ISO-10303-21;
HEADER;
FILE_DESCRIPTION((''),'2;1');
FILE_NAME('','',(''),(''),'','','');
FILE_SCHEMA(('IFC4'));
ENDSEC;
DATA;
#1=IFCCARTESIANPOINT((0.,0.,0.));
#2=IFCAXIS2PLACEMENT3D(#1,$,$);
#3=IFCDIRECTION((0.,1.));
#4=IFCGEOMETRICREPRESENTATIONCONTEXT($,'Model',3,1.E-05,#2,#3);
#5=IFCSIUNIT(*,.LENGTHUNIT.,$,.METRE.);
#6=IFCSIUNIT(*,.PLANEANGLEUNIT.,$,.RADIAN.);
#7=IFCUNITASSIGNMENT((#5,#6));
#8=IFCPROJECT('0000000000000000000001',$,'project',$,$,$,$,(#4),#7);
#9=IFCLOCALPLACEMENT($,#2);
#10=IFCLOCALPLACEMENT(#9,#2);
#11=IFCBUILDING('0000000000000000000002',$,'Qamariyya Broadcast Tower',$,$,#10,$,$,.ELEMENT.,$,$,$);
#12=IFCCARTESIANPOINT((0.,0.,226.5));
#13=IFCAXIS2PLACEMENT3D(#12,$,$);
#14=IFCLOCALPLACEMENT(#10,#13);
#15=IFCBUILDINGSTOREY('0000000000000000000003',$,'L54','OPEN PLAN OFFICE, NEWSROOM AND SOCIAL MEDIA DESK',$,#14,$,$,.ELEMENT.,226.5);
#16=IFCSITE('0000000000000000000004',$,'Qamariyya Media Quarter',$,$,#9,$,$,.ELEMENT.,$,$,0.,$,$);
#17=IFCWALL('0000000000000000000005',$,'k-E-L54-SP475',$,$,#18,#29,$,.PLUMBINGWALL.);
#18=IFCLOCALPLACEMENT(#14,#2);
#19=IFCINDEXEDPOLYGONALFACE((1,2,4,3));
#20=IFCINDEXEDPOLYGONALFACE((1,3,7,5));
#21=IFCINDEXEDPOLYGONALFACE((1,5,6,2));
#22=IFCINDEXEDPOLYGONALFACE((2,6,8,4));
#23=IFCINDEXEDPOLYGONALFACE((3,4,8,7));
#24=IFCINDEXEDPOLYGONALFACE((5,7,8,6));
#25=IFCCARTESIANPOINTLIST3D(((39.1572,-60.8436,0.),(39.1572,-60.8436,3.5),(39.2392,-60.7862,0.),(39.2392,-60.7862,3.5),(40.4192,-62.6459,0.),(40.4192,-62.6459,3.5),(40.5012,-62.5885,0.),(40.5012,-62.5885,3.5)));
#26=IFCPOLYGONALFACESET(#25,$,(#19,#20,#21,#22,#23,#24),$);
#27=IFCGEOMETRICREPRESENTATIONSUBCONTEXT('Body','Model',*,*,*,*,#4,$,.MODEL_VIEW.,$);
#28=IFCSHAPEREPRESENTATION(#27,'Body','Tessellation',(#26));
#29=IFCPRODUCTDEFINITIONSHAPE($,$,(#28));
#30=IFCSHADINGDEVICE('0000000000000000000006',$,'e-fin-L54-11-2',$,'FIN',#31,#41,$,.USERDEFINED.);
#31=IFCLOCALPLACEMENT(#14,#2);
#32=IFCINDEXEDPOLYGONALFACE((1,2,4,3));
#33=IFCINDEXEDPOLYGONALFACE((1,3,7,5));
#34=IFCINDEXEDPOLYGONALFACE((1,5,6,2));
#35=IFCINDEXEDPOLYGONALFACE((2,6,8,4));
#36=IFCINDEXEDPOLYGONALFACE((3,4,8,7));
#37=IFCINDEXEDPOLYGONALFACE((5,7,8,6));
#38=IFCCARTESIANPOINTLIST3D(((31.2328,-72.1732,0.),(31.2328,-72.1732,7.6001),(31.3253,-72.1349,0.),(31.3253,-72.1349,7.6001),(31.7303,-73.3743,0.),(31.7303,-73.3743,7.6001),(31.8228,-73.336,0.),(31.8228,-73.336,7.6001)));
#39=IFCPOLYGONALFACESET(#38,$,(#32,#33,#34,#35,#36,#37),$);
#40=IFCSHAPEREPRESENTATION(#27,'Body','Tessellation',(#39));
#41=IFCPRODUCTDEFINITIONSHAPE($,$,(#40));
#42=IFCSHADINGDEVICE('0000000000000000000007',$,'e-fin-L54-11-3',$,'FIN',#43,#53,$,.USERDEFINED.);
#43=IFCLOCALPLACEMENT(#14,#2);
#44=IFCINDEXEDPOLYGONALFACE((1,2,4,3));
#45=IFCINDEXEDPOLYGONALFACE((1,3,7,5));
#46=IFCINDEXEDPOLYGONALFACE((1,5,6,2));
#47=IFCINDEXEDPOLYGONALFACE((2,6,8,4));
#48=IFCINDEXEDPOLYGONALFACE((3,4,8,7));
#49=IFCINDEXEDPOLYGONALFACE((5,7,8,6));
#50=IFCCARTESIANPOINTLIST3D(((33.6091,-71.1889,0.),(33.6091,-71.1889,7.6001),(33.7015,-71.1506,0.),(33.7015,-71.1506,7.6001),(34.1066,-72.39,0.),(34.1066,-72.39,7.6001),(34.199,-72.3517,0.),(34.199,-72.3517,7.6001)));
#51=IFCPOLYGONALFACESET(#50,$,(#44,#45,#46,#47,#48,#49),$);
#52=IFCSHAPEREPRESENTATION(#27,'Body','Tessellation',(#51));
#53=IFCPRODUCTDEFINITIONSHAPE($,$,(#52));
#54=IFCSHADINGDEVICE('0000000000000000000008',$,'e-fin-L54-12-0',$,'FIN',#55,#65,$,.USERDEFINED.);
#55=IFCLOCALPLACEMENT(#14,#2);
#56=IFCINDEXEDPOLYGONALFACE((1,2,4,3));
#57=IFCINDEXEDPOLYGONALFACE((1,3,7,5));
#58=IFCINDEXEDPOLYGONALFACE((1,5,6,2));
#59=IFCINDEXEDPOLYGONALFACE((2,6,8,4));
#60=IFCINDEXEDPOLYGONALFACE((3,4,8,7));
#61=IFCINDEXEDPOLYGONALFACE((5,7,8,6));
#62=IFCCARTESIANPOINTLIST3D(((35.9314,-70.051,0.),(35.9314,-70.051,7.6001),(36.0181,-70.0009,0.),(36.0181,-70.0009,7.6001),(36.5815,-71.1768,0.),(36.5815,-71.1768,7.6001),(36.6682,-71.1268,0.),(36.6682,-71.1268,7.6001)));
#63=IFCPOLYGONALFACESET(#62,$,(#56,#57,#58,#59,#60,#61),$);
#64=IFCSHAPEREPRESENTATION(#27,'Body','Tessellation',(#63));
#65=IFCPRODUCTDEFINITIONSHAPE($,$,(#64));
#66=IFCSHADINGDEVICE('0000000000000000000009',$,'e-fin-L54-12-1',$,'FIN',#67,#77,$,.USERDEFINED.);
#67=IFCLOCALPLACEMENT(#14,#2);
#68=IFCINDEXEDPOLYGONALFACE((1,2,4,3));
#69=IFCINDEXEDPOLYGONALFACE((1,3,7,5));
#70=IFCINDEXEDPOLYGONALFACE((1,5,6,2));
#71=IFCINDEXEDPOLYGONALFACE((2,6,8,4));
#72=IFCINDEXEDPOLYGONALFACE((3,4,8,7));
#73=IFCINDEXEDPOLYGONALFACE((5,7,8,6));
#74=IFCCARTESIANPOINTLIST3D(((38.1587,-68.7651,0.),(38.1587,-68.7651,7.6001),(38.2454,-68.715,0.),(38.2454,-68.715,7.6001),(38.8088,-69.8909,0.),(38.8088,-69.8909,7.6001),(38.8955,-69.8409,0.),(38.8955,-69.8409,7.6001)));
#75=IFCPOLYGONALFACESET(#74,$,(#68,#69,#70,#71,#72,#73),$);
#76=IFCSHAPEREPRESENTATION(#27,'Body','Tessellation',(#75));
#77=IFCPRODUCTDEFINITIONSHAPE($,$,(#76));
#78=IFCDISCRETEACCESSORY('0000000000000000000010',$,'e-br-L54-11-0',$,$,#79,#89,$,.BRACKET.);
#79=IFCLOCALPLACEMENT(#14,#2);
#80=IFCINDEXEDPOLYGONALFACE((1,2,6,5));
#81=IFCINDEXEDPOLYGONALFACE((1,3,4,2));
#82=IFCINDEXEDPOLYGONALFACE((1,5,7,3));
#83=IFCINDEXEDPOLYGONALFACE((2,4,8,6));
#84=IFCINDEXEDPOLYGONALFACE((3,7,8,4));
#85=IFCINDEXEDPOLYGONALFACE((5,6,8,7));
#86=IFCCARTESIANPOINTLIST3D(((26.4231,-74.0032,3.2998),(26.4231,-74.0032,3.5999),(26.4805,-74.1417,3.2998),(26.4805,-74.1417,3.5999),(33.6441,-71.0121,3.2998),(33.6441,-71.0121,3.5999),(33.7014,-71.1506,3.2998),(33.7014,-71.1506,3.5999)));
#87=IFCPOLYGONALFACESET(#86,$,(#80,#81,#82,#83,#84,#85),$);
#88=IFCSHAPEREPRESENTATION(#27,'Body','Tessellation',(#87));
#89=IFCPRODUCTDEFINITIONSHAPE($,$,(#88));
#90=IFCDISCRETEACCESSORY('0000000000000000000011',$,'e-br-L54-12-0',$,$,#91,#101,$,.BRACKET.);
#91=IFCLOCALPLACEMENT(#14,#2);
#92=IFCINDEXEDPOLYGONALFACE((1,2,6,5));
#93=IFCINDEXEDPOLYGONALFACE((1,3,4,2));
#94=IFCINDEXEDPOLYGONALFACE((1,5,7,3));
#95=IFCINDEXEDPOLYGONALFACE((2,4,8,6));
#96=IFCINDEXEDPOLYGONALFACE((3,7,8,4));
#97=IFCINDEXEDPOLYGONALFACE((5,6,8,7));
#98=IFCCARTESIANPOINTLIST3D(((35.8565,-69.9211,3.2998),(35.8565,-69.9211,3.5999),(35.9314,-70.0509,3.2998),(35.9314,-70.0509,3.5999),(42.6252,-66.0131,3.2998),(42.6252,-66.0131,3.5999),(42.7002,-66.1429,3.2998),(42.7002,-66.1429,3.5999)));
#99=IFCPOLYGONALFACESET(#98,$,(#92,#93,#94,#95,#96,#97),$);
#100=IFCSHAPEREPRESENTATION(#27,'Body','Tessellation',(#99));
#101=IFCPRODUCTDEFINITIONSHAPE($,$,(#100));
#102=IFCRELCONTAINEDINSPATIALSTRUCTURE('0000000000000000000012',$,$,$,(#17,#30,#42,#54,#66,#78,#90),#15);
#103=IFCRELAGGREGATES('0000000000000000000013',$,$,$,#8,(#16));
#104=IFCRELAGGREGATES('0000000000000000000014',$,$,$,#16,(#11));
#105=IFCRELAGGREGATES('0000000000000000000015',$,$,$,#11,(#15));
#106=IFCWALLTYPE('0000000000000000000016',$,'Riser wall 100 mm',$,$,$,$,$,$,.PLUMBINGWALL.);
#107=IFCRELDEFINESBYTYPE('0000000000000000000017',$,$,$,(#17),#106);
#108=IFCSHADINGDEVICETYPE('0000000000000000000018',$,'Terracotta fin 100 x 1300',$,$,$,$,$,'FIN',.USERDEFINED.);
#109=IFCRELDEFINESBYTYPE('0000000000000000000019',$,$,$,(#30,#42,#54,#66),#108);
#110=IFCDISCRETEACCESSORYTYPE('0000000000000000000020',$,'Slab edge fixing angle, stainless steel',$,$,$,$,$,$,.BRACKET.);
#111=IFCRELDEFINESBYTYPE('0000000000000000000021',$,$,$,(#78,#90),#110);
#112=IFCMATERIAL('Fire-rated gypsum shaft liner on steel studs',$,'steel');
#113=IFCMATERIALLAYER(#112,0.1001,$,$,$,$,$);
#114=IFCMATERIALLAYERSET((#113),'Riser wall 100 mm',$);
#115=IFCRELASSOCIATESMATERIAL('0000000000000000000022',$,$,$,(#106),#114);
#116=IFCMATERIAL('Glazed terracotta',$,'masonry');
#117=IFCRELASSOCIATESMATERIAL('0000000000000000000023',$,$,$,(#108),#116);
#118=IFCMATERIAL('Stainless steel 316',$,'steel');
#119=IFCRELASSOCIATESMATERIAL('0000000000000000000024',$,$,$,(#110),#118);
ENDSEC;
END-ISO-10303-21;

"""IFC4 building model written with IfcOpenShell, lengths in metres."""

from ifc_helpers import new_model, si_unit, direction, frame, frame_2d, origin, origin_2d, place, context, subcontext, project, spatial, rectangle, extrude, material, layer, layer_set, material_profile, profile_set, type_object, element, save


model = new_model("IFC4")

# Units and contexts
model_context = context("Model", 3, precision=1e-05, world=origin(), true_north=direction((0.0, 1.0)))
body_context = subcontext(model_context, "Body", "Model", "MODEL_VIEW")
ifc_project = project(units=[si_unit("LENGTHUNIT", "METRE"), si_unit("PLANEANGLEUNIT", "RADIAN")], contexts=[model_context])

# Site, building, storey
site_placement = place(None, origin())
site = spatial("IfcSite", under=ifc_project, at=site_placement, Name="Qamariyya Media Quarter", CompositionType="ELEMENT", RefElevation=0.0)
building_placement = place(site_placement, origin())
building = spatial("IfcBuilding", under=site, at=building_placement, Name="Qamariyya Broadcast Tower", CompositionType="ELEMENT")
storey_placement = place(building_placement, frame((0.0, 0.0, 226.5)))
storey = spatial("IfcBuildingStorey", under=building, at=storey_placement, Name="L54", Description="OPEN PLAN OFFICE, NEWSROOM AND SOCIAL MEDIA DESK", CompositionType="ELEMENT", Elevation=226.5)

# Wall
ifc_material_1 = material(Name="Fire-rated gypsum shaft liner on steel studs", Category="steel")
ifc_layer_1 = layer(ifc_material_1, 0.1001)
ifc_layer_set_1 = layer_set([ifc_layer_1], Name="Riser wall 100 mm")
wall_type_1 = type_object("IfcWallType", Name="Riser wall 100 mm", PredefinedType="PLUMBINGWALL", material=ifc_layer_set_1)
wall_1_placement = place(storey_placement, frame((39.1982, -60.8149, 0.0), z_axis=(0.0, 0.0, 1.0), x_axis=(0.573581, -0.819149, 0.0)))
element("IfcWall", 1, at=wall_1_placement, inside=storey, type_object=wall_type_1, Name="k-E-L54-SP475", PredefinedType="PLUMBINGWALL", context=body_context, shape_type="SweptSolid", body=[
    extrude(rectangle(XDim=2.2002, YDim=0.1001, at=frame_2d((1.1001, 0.0))), origin(), (0.0, 0.0, 1.0), 3.5),
])

# Shading devices
ifc_material_2 = material(Name="Glazed terracotta", Category="masonry")
ifc_material_profile_1 = material_profile(ifc_material_2, rectangle(XDim=1.3, YDim=0.1001, at=origin_2d()))
ifc_profile_set_1 = profile_set([ifc_material_profile_1], Name="Glazed terracotta")
shading_device_type_1 = type_object("IfcShadingDeviceType", Name="Terracotta fin 100 x 1300", ElementType="FIN", PredefinedType="USERDEFINED", material=ifc_profile_set_1)
for number, where, z_axis, x_axis, name in (
    (2, (31.5278, -72.7546, 0.0), (0.0, 0.0, 1.0), (0.382683, -0.92388, 0.0), "e-fin-L54-11-2"),
    (3, (33.9041, -71.7703, 0.0), (0.0, 0.0, 1.0), (0.382683, -0.92388, 0.0), "e-fin-L54-11-3"),
    (4, (36.2998, -70.5889, 0.0), (0.0, 0.0, 1.0), (0.5, -0.866025, 0.0), "e-fin-L54-12-0"),
    (5, (38.5271, -69.303, 0.0), (0.0, 0.0, 1.0), (0.5, -0.866025, 0.0), "e-fin-L54-12-1"),
):
    element("IfcShadingDevice", number, at=place(storey_placement, frame(where, z_axis=z_axis, x_axis=x_axis)), inside=storey, type_object=shading_device_type_1, Name=name, ObjectType="FIN", PredefinedType="USERDEFINED", context=body_context, shape_type="SweptSolid", body=[
        extrude(rectangle(XDim=1.3, YDim=0.1001, at=origin_2d()), origin(), (0.0, 0.0, 1.0), 7.6001),
    ])

# Discrete accessories
ifc_material_3 = material(Name="Stainless steel 316", Category="steel")
discrete_accessory_type = type_object("IfcDiscreteAccessoryType", Name="Slab edge fixing angle, stainless steel", PredefinedType="BRACKET", material=ifc_material_3)
for number, where, z_axis, x_axis, name in (
    (6, (30.0623, -72.5769, 3.2998), (0.0, 0.0, 1.0), (0.92388, 0.382683, 0.0), "e-br-L54-11-0"),
    (7, (39.2783, -68.032, 3.2998), (0.0, 0.0, 1.0), (0.866025, 0.5, 0.0), "e-br-L54-12-0"),
):
    element("IfcDiscreteAccessory", number, at=place(storey_placement, frame(where, z_axis=z_axis, x_axis=x_axis)), inside=storey, type_object=discrete_accessory_type, Name=name, PredefinedType="BRACKET", context=body_context, shape_type="SweptSolid", body=[
        extrude(rectangle(XDim=7.8159, YDim=0.1499, at=origin_2d()), origin(), (0.0, 0.0, 1.0), 0.3),
    ])

save(model, "model.ifc")
